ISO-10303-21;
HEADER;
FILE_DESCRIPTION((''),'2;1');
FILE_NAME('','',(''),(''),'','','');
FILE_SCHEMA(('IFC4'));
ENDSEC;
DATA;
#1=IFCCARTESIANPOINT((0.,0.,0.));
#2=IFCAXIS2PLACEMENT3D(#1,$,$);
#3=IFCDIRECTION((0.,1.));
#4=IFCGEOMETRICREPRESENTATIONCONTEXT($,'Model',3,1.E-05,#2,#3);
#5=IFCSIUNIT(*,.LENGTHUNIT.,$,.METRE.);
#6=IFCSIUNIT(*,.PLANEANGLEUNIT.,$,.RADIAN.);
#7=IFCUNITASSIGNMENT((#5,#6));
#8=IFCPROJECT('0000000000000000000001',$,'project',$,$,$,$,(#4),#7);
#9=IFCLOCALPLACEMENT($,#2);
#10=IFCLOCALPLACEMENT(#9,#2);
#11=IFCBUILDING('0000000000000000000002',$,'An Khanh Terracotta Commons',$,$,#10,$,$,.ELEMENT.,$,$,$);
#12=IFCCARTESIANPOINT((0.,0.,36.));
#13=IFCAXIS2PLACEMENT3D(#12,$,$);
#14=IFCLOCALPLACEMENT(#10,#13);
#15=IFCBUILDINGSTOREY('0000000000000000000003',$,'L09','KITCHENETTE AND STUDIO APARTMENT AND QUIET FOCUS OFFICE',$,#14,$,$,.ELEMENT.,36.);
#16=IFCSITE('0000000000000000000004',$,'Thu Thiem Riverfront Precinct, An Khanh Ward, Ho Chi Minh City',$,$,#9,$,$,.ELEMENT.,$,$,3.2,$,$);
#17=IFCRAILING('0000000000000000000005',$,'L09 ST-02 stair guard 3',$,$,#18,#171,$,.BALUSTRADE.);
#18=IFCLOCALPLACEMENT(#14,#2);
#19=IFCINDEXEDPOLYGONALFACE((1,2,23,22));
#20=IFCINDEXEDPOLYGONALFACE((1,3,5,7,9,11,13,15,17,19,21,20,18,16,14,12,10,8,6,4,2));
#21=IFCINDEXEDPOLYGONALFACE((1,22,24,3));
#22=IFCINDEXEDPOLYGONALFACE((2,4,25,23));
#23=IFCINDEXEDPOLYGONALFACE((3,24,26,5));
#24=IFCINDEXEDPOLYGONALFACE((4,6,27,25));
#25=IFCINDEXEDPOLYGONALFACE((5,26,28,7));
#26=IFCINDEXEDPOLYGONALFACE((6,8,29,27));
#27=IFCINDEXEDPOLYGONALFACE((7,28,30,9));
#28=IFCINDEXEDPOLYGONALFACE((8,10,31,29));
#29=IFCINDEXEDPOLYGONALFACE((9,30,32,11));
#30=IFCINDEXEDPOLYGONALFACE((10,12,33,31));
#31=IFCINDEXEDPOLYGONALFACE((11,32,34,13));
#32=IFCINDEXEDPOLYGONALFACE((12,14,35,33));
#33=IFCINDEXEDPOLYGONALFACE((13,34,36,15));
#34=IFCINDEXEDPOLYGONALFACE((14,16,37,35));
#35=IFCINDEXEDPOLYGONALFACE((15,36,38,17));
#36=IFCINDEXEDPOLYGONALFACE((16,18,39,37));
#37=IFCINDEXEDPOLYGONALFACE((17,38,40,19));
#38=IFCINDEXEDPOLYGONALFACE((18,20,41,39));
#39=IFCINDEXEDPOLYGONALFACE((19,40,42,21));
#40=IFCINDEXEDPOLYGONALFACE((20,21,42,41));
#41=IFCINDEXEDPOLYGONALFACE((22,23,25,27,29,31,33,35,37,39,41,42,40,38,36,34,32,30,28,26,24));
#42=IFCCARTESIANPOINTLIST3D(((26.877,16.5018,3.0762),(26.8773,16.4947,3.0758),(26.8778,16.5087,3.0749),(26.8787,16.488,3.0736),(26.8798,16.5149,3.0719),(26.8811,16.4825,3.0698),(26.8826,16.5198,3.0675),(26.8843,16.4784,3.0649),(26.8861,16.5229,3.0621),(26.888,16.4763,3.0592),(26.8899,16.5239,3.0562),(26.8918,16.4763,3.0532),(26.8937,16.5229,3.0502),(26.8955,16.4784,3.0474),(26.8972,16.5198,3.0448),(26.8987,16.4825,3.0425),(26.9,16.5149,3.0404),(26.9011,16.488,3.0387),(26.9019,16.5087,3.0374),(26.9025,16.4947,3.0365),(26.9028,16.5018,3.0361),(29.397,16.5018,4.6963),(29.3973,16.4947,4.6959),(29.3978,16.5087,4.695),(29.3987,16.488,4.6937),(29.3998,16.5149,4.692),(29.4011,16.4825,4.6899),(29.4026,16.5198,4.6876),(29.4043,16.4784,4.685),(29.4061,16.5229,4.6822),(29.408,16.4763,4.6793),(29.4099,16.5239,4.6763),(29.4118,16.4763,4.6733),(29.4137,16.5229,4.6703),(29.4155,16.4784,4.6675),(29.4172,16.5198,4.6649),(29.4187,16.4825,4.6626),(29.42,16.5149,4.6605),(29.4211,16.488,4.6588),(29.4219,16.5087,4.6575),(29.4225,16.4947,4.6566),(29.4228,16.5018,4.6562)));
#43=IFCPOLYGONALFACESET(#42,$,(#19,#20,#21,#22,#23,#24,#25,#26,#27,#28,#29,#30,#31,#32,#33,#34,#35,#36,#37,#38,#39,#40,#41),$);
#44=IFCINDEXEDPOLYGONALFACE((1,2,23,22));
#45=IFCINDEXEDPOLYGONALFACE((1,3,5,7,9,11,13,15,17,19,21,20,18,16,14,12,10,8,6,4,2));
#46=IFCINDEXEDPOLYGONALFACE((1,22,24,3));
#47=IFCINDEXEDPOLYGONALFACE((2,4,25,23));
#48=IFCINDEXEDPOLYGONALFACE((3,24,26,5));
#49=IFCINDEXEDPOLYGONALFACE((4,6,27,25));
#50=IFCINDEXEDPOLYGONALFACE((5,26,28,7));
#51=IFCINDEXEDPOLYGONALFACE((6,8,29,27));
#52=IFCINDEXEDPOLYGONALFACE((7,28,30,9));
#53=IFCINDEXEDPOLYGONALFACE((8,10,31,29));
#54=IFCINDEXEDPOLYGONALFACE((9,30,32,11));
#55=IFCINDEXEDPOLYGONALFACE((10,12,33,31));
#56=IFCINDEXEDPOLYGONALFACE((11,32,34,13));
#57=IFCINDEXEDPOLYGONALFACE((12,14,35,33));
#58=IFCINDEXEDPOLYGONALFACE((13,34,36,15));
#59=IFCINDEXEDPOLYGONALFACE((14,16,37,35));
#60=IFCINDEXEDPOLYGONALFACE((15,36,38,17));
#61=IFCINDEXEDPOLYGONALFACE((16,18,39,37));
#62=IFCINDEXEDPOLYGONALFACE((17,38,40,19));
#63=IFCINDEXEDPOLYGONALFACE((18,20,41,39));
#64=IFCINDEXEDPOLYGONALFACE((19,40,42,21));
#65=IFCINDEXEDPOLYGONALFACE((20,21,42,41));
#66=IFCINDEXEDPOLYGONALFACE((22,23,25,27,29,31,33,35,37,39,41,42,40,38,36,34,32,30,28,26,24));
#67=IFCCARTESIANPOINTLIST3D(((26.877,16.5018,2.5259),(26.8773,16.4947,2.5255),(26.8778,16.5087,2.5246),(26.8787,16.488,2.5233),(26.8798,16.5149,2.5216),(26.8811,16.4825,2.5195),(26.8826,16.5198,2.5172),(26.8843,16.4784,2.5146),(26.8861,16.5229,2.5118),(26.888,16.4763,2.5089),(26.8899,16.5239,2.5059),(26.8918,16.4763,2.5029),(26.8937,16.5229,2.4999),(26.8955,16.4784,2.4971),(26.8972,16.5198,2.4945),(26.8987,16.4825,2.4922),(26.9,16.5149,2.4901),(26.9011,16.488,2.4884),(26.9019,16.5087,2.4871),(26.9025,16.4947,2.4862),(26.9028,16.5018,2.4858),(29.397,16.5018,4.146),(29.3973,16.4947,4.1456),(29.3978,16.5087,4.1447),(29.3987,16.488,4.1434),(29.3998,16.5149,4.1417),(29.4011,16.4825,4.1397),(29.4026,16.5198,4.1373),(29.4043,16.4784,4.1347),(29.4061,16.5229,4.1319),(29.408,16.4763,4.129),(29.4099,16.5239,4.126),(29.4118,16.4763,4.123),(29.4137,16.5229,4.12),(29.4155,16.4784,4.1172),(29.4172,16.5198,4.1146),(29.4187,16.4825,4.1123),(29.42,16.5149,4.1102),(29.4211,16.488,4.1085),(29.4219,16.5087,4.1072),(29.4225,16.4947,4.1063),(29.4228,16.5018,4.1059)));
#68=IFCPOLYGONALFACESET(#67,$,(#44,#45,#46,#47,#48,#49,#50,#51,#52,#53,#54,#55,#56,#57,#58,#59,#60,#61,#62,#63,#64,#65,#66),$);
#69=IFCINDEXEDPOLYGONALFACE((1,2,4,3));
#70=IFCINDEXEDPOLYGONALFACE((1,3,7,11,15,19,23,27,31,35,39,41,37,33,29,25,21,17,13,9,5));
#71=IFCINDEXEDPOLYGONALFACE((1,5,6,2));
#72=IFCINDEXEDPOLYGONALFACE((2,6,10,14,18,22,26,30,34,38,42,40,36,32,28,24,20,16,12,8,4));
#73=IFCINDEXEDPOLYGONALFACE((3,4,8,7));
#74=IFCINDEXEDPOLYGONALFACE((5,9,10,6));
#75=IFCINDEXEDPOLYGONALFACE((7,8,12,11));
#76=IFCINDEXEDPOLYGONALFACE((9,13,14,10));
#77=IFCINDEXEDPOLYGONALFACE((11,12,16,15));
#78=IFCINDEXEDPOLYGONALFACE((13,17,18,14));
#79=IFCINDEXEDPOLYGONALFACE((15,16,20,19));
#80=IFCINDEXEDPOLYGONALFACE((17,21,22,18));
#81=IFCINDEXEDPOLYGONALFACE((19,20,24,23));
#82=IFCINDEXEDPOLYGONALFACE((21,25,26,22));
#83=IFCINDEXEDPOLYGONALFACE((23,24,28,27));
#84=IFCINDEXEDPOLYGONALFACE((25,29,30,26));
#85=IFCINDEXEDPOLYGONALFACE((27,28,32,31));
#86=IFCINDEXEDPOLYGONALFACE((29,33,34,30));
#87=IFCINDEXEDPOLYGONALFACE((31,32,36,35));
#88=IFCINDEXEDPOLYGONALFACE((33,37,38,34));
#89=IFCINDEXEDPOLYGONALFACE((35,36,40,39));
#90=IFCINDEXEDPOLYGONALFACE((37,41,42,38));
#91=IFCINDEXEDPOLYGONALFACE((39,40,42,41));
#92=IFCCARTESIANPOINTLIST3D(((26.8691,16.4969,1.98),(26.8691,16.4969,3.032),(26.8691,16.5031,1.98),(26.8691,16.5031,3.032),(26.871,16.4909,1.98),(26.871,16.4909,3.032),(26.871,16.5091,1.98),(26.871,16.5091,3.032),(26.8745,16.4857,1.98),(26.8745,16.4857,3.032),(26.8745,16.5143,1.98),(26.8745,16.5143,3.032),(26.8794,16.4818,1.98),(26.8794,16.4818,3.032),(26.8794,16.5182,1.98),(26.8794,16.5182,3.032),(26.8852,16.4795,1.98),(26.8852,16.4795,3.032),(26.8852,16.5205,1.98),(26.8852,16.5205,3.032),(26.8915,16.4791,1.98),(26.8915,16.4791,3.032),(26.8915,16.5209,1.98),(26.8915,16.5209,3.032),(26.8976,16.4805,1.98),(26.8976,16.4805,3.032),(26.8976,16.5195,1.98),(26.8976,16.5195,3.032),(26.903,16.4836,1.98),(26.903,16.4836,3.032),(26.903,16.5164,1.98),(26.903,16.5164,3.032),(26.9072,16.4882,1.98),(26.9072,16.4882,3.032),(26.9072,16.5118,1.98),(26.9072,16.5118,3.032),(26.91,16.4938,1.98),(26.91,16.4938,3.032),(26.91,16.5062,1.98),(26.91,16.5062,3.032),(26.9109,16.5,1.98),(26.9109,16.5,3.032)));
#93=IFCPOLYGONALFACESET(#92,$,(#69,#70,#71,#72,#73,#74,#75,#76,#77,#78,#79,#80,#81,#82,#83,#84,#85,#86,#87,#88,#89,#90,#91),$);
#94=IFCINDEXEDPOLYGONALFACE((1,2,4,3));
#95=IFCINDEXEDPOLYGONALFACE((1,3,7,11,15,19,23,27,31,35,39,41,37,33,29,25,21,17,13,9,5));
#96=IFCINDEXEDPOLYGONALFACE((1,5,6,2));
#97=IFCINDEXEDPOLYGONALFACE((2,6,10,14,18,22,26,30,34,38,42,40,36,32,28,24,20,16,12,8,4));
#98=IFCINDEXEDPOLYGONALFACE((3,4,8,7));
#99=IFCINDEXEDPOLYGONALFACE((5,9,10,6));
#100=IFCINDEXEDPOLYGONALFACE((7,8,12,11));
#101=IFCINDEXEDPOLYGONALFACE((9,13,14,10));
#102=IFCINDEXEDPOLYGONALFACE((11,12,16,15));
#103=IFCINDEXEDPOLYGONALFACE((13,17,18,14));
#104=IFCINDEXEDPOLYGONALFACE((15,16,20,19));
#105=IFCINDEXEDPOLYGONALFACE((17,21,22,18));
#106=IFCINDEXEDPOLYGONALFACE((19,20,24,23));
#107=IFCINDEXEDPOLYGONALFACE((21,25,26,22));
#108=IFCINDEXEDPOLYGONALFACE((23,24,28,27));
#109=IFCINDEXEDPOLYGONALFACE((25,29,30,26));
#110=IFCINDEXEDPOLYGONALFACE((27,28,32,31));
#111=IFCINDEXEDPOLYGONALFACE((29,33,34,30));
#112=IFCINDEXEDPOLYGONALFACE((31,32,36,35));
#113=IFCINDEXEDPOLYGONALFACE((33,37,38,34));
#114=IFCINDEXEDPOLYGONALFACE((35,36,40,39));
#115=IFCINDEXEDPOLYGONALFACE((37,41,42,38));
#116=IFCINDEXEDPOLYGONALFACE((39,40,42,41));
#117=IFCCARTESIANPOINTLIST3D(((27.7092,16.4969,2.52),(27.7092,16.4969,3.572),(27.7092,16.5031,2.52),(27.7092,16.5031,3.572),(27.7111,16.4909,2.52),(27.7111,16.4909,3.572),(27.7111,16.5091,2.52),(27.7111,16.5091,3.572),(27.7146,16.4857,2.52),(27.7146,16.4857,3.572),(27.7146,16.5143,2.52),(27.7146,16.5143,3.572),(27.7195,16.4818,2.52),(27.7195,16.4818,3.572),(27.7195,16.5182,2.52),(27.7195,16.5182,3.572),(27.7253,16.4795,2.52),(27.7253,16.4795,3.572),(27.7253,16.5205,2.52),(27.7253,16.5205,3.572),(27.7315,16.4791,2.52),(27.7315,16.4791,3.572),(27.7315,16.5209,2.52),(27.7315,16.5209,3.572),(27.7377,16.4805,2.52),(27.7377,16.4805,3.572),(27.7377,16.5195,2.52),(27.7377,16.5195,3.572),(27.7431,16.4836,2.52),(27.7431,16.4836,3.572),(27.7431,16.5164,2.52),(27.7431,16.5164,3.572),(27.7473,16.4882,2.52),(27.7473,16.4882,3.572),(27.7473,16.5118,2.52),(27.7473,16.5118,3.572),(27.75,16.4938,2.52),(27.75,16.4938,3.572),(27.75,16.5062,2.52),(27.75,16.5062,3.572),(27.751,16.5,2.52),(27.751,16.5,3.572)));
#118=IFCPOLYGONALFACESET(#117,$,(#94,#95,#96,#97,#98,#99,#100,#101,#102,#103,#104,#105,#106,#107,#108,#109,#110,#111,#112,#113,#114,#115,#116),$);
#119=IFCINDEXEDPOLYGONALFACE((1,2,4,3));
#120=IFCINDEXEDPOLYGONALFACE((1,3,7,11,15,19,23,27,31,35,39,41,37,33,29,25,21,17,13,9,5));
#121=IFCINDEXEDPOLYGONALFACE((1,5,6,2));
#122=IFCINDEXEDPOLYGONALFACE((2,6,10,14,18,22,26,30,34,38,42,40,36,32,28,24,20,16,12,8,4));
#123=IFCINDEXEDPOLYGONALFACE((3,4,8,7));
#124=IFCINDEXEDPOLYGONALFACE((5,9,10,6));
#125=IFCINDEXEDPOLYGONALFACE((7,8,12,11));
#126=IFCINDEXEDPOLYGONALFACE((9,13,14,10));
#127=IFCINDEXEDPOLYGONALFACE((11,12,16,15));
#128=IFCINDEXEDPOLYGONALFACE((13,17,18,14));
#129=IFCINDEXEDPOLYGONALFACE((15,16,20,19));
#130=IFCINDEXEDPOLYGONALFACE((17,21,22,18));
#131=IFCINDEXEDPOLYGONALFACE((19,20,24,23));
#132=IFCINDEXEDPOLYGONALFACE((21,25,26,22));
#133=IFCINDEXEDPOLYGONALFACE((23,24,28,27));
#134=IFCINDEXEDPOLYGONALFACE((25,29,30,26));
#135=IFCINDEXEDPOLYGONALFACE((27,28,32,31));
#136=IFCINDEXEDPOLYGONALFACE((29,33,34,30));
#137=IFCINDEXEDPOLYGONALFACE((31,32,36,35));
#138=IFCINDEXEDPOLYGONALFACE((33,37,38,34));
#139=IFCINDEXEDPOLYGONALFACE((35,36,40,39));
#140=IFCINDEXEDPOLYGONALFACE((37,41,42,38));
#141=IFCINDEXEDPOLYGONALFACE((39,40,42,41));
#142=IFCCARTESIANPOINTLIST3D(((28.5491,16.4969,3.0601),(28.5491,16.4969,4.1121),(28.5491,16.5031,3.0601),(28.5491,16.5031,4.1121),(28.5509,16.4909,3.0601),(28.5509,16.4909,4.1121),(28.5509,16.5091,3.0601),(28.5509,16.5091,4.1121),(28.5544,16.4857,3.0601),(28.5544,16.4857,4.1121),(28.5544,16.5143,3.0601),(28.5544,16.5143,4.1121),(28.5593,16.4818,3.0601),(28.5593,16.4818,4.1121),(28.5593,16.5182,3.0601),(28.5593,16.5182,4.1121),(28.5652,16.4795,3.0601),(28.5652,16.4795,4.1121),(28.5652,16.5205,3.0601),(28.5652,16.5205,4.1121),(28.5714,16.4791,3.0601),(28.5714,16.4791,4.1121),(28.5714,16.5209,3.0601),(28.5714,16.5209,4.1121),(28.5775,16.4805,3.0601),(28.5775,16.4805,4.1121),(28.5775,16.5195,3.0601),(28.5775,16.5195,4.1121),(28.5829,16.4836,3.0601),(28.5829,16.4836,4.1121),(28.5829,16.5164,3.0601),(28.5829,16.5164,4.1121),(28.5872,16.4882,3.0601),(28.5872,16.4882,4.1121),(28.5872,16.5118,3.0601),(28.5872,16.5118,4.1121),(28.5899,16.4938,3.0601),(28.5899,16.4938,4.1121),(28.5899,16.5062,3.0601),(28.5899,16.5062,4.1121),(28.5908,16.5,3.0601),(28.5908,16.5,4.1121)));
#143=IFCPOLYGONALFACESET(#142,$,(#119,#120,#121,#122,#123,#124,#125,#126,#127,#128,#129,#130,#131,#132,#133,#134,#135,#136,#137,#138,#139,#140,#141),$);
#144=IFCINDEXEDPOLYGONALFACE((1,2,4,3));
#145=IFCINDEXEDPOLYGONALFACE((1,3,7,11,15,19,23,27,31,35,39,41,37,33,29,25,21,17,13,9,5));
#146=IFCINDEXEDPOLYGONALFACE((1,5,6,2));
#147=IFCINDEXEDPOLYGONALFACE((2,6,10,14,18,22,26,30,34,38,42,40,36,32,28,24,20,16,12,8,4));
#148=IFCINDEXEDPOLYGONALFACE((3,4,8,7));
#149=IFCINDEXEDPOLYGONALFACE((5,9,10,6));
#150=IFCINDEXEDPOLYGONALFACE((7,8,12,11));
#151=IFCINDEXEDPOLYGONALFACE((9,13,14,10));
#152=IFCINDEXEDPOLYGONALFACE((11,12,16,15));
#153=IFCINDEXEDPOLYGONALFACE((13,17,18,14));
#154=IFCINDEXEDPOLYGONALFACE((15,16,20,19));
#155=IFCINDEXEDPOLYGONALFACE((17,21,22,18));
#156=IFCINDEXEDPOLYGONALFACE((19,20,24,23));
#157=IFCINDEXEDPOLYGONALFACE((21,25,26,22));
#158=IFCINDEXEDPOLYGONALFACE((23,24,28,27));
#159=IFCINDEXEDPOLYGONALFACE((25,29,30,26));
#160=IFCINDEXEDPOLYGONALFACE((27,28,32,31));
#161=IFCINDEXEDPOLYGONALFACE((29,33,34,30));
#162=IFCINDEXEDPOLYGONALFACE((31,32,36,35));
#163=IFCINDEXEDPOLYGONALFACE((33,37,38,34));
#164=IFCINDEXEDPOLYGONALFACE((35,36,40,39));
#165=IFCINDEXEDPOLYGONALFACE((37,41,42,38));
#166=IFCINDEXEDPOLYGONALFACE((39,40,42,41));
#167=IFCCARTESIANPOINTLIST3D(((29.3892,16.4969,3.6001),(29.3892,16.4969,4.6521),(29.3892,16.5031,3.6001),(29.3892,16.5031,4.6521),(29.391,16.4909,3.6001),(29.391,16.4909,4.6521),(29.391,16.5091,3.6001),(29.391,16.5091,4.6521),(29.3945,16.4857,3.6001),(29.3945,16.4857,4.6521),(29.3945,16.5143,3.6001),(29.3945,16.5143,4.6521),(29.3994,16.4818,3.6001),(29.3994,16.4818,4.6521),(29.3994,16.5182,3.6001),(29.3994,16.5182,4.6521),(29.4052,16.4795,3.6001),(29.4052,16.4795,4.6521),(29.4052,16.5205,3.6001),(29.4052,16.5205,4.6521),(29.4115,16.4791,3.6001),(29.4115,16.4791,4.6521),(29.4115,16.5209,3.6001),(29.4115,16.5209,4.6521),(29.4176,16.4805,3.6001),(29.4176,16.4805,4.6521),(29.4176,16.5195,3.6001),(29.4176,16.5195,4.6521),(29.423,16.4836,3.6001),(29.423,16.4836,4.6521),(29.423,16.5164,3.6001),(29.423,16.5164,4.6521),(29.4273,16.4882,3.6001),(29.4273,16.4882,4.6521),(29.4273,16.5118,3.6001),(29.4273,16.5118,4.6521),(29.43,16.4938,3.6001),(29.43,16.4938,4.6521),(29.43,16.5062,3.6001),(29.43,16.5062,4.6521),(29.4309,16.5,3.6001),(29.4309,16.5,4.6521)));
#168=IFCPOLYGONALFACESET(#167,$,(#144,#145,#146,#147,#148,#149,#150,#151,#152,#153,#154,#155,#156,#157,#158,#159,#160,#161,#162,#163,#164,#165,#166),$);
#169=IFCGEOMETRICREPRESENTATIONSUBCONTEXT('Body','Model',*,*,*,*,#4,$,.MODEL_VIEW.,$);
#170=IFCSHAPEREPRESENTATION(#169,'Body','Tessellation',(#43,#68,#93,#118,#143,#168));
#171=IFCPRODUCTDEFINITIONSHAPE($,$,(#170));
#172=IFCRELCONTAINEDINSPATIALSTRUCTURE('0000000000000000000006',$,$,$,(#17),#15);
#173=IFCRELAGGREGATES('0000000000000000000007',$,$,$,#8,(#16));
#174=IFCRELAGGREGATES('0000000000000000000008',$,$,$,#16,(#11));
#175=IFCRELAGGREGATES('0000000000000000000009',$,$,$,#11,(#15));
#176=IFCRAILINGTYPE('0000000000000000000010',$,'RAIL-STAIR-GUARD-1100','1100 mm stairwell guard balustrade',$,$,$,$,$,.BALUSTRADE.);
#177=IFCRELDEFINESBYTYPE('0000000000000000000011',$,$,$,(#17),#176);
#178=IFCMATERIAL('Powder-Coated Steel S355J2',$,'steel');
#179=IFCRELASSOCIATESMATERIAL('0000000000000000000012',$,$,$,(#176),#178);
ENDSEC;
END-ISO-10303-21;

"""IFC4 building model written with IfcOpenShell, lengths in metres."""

from ifc_helpers import new_model, si_unit, direction, frame, origin, origin_2d, place, context, subcontext, project, spatial, circle, extrude, material, type_object, element, save


model = new_model("IFC4")

# Units and contexts
model_context = context("Model", 3, precision=1e-05, world=origin(), true_north=direction((0.0, 1.0)))
body_context = subcontext(model_context, "Body", "Model", "MODEL_VIEW")
ifc_project = project(units=[si_unit("LENGTHUNIT", "METRE"), si_unit("PLANEANGLEUNIT", "RADIAN")], contexts=[model_context])

# Site, building, storey
site_placement = place(None, origin())
site = spatial("IfcSite", under=ifc_project, at=site_placement, Name="Thu Thiem Riverfront Precinct, An Khanh Ward, Ho Chi Minh City", CompositionType="ELEMENT", RefElevation=3.2)
building_placement = place(site_placement, origin())
building = spatial("IfcBuilding", under=site, at=building_placement, Name="An Khanh Terracotta Commons", CompositionType="ELEMENT")
storey_placement = place(building_placement, frame((0.0, 0.0, 36.0)))
storey = spatial("IfcBuildingStorey", under=building, at=storey_placement, Name="L09", Description="KITCHENETTE AND STUDIO APARTMENT AND QUIET FOCUS OFFICE", CompositionType="ELEMENT", Elevation=36.0)

# Railing
ifc_material_1 = material(Name="Powder-Coated Steel S355J2", Category="steel")
railing_type_1 = type_object("IfcRailingType", Name="RAIL-STAIR-GUARD-1100", Description="1100 mm stairwell guard balustrade", PredefinedType="BALUSTRADE", material=ifc_material_1)
railing_1_placement = place(storey_placement, frame((26.8899, 16.5, 1.98)))
element("IfcRailing", 1, at=railing_1_placement, inside=storey, type_object=railing_type_1, Name="L09 ST-02 stair guard 3", PredefinedType="BALUSTRADE", context=body_context, shape_type="SweptSolid", body=[
    extrude(circle(Radius=0.0239, at=origin_2d()), frame((0.0, 0.0, 1.0762), z_axis=(0.841163, 0.0, 0.540782), x_axis=(0.0, 1.0, 0.0)), (0.0, 0.0, 1.0), 2.9958),
    extrude(circle(Radius=0.0239, at=origin_2d()), frame((0.0, 0.0, 0.5259), z_axis=(0.841163, 0.0, 0.540782), x_axis=(0.0, 1.0, 0.0)), (0.0, 0.0, 1.0), 2.9958),
    extrude(circle(Radius=0.021, at=origin_2d()), origin(), (0.0, 0.0, 1.0), 1.052),
    extrude(circle(Radius=0.021, at=origin_2d()), frame((0.8401, 0.0, 0.54)), (0.0, 0.0, 1.0), 1.052),
    extrude(circle(Radius=0.021, at=origin_2d()), frame((1.6799, 0.0, 1.0801)), (0.0, 0.0, 1.0), 1.052),
    extrude(circle(Radius=0.021, at=origin_2d()), frame((2.52, 0.0, 1.6201)), (0.0, 0.0, 1.0), 1.052),
])

save(model, "model.ifc")
